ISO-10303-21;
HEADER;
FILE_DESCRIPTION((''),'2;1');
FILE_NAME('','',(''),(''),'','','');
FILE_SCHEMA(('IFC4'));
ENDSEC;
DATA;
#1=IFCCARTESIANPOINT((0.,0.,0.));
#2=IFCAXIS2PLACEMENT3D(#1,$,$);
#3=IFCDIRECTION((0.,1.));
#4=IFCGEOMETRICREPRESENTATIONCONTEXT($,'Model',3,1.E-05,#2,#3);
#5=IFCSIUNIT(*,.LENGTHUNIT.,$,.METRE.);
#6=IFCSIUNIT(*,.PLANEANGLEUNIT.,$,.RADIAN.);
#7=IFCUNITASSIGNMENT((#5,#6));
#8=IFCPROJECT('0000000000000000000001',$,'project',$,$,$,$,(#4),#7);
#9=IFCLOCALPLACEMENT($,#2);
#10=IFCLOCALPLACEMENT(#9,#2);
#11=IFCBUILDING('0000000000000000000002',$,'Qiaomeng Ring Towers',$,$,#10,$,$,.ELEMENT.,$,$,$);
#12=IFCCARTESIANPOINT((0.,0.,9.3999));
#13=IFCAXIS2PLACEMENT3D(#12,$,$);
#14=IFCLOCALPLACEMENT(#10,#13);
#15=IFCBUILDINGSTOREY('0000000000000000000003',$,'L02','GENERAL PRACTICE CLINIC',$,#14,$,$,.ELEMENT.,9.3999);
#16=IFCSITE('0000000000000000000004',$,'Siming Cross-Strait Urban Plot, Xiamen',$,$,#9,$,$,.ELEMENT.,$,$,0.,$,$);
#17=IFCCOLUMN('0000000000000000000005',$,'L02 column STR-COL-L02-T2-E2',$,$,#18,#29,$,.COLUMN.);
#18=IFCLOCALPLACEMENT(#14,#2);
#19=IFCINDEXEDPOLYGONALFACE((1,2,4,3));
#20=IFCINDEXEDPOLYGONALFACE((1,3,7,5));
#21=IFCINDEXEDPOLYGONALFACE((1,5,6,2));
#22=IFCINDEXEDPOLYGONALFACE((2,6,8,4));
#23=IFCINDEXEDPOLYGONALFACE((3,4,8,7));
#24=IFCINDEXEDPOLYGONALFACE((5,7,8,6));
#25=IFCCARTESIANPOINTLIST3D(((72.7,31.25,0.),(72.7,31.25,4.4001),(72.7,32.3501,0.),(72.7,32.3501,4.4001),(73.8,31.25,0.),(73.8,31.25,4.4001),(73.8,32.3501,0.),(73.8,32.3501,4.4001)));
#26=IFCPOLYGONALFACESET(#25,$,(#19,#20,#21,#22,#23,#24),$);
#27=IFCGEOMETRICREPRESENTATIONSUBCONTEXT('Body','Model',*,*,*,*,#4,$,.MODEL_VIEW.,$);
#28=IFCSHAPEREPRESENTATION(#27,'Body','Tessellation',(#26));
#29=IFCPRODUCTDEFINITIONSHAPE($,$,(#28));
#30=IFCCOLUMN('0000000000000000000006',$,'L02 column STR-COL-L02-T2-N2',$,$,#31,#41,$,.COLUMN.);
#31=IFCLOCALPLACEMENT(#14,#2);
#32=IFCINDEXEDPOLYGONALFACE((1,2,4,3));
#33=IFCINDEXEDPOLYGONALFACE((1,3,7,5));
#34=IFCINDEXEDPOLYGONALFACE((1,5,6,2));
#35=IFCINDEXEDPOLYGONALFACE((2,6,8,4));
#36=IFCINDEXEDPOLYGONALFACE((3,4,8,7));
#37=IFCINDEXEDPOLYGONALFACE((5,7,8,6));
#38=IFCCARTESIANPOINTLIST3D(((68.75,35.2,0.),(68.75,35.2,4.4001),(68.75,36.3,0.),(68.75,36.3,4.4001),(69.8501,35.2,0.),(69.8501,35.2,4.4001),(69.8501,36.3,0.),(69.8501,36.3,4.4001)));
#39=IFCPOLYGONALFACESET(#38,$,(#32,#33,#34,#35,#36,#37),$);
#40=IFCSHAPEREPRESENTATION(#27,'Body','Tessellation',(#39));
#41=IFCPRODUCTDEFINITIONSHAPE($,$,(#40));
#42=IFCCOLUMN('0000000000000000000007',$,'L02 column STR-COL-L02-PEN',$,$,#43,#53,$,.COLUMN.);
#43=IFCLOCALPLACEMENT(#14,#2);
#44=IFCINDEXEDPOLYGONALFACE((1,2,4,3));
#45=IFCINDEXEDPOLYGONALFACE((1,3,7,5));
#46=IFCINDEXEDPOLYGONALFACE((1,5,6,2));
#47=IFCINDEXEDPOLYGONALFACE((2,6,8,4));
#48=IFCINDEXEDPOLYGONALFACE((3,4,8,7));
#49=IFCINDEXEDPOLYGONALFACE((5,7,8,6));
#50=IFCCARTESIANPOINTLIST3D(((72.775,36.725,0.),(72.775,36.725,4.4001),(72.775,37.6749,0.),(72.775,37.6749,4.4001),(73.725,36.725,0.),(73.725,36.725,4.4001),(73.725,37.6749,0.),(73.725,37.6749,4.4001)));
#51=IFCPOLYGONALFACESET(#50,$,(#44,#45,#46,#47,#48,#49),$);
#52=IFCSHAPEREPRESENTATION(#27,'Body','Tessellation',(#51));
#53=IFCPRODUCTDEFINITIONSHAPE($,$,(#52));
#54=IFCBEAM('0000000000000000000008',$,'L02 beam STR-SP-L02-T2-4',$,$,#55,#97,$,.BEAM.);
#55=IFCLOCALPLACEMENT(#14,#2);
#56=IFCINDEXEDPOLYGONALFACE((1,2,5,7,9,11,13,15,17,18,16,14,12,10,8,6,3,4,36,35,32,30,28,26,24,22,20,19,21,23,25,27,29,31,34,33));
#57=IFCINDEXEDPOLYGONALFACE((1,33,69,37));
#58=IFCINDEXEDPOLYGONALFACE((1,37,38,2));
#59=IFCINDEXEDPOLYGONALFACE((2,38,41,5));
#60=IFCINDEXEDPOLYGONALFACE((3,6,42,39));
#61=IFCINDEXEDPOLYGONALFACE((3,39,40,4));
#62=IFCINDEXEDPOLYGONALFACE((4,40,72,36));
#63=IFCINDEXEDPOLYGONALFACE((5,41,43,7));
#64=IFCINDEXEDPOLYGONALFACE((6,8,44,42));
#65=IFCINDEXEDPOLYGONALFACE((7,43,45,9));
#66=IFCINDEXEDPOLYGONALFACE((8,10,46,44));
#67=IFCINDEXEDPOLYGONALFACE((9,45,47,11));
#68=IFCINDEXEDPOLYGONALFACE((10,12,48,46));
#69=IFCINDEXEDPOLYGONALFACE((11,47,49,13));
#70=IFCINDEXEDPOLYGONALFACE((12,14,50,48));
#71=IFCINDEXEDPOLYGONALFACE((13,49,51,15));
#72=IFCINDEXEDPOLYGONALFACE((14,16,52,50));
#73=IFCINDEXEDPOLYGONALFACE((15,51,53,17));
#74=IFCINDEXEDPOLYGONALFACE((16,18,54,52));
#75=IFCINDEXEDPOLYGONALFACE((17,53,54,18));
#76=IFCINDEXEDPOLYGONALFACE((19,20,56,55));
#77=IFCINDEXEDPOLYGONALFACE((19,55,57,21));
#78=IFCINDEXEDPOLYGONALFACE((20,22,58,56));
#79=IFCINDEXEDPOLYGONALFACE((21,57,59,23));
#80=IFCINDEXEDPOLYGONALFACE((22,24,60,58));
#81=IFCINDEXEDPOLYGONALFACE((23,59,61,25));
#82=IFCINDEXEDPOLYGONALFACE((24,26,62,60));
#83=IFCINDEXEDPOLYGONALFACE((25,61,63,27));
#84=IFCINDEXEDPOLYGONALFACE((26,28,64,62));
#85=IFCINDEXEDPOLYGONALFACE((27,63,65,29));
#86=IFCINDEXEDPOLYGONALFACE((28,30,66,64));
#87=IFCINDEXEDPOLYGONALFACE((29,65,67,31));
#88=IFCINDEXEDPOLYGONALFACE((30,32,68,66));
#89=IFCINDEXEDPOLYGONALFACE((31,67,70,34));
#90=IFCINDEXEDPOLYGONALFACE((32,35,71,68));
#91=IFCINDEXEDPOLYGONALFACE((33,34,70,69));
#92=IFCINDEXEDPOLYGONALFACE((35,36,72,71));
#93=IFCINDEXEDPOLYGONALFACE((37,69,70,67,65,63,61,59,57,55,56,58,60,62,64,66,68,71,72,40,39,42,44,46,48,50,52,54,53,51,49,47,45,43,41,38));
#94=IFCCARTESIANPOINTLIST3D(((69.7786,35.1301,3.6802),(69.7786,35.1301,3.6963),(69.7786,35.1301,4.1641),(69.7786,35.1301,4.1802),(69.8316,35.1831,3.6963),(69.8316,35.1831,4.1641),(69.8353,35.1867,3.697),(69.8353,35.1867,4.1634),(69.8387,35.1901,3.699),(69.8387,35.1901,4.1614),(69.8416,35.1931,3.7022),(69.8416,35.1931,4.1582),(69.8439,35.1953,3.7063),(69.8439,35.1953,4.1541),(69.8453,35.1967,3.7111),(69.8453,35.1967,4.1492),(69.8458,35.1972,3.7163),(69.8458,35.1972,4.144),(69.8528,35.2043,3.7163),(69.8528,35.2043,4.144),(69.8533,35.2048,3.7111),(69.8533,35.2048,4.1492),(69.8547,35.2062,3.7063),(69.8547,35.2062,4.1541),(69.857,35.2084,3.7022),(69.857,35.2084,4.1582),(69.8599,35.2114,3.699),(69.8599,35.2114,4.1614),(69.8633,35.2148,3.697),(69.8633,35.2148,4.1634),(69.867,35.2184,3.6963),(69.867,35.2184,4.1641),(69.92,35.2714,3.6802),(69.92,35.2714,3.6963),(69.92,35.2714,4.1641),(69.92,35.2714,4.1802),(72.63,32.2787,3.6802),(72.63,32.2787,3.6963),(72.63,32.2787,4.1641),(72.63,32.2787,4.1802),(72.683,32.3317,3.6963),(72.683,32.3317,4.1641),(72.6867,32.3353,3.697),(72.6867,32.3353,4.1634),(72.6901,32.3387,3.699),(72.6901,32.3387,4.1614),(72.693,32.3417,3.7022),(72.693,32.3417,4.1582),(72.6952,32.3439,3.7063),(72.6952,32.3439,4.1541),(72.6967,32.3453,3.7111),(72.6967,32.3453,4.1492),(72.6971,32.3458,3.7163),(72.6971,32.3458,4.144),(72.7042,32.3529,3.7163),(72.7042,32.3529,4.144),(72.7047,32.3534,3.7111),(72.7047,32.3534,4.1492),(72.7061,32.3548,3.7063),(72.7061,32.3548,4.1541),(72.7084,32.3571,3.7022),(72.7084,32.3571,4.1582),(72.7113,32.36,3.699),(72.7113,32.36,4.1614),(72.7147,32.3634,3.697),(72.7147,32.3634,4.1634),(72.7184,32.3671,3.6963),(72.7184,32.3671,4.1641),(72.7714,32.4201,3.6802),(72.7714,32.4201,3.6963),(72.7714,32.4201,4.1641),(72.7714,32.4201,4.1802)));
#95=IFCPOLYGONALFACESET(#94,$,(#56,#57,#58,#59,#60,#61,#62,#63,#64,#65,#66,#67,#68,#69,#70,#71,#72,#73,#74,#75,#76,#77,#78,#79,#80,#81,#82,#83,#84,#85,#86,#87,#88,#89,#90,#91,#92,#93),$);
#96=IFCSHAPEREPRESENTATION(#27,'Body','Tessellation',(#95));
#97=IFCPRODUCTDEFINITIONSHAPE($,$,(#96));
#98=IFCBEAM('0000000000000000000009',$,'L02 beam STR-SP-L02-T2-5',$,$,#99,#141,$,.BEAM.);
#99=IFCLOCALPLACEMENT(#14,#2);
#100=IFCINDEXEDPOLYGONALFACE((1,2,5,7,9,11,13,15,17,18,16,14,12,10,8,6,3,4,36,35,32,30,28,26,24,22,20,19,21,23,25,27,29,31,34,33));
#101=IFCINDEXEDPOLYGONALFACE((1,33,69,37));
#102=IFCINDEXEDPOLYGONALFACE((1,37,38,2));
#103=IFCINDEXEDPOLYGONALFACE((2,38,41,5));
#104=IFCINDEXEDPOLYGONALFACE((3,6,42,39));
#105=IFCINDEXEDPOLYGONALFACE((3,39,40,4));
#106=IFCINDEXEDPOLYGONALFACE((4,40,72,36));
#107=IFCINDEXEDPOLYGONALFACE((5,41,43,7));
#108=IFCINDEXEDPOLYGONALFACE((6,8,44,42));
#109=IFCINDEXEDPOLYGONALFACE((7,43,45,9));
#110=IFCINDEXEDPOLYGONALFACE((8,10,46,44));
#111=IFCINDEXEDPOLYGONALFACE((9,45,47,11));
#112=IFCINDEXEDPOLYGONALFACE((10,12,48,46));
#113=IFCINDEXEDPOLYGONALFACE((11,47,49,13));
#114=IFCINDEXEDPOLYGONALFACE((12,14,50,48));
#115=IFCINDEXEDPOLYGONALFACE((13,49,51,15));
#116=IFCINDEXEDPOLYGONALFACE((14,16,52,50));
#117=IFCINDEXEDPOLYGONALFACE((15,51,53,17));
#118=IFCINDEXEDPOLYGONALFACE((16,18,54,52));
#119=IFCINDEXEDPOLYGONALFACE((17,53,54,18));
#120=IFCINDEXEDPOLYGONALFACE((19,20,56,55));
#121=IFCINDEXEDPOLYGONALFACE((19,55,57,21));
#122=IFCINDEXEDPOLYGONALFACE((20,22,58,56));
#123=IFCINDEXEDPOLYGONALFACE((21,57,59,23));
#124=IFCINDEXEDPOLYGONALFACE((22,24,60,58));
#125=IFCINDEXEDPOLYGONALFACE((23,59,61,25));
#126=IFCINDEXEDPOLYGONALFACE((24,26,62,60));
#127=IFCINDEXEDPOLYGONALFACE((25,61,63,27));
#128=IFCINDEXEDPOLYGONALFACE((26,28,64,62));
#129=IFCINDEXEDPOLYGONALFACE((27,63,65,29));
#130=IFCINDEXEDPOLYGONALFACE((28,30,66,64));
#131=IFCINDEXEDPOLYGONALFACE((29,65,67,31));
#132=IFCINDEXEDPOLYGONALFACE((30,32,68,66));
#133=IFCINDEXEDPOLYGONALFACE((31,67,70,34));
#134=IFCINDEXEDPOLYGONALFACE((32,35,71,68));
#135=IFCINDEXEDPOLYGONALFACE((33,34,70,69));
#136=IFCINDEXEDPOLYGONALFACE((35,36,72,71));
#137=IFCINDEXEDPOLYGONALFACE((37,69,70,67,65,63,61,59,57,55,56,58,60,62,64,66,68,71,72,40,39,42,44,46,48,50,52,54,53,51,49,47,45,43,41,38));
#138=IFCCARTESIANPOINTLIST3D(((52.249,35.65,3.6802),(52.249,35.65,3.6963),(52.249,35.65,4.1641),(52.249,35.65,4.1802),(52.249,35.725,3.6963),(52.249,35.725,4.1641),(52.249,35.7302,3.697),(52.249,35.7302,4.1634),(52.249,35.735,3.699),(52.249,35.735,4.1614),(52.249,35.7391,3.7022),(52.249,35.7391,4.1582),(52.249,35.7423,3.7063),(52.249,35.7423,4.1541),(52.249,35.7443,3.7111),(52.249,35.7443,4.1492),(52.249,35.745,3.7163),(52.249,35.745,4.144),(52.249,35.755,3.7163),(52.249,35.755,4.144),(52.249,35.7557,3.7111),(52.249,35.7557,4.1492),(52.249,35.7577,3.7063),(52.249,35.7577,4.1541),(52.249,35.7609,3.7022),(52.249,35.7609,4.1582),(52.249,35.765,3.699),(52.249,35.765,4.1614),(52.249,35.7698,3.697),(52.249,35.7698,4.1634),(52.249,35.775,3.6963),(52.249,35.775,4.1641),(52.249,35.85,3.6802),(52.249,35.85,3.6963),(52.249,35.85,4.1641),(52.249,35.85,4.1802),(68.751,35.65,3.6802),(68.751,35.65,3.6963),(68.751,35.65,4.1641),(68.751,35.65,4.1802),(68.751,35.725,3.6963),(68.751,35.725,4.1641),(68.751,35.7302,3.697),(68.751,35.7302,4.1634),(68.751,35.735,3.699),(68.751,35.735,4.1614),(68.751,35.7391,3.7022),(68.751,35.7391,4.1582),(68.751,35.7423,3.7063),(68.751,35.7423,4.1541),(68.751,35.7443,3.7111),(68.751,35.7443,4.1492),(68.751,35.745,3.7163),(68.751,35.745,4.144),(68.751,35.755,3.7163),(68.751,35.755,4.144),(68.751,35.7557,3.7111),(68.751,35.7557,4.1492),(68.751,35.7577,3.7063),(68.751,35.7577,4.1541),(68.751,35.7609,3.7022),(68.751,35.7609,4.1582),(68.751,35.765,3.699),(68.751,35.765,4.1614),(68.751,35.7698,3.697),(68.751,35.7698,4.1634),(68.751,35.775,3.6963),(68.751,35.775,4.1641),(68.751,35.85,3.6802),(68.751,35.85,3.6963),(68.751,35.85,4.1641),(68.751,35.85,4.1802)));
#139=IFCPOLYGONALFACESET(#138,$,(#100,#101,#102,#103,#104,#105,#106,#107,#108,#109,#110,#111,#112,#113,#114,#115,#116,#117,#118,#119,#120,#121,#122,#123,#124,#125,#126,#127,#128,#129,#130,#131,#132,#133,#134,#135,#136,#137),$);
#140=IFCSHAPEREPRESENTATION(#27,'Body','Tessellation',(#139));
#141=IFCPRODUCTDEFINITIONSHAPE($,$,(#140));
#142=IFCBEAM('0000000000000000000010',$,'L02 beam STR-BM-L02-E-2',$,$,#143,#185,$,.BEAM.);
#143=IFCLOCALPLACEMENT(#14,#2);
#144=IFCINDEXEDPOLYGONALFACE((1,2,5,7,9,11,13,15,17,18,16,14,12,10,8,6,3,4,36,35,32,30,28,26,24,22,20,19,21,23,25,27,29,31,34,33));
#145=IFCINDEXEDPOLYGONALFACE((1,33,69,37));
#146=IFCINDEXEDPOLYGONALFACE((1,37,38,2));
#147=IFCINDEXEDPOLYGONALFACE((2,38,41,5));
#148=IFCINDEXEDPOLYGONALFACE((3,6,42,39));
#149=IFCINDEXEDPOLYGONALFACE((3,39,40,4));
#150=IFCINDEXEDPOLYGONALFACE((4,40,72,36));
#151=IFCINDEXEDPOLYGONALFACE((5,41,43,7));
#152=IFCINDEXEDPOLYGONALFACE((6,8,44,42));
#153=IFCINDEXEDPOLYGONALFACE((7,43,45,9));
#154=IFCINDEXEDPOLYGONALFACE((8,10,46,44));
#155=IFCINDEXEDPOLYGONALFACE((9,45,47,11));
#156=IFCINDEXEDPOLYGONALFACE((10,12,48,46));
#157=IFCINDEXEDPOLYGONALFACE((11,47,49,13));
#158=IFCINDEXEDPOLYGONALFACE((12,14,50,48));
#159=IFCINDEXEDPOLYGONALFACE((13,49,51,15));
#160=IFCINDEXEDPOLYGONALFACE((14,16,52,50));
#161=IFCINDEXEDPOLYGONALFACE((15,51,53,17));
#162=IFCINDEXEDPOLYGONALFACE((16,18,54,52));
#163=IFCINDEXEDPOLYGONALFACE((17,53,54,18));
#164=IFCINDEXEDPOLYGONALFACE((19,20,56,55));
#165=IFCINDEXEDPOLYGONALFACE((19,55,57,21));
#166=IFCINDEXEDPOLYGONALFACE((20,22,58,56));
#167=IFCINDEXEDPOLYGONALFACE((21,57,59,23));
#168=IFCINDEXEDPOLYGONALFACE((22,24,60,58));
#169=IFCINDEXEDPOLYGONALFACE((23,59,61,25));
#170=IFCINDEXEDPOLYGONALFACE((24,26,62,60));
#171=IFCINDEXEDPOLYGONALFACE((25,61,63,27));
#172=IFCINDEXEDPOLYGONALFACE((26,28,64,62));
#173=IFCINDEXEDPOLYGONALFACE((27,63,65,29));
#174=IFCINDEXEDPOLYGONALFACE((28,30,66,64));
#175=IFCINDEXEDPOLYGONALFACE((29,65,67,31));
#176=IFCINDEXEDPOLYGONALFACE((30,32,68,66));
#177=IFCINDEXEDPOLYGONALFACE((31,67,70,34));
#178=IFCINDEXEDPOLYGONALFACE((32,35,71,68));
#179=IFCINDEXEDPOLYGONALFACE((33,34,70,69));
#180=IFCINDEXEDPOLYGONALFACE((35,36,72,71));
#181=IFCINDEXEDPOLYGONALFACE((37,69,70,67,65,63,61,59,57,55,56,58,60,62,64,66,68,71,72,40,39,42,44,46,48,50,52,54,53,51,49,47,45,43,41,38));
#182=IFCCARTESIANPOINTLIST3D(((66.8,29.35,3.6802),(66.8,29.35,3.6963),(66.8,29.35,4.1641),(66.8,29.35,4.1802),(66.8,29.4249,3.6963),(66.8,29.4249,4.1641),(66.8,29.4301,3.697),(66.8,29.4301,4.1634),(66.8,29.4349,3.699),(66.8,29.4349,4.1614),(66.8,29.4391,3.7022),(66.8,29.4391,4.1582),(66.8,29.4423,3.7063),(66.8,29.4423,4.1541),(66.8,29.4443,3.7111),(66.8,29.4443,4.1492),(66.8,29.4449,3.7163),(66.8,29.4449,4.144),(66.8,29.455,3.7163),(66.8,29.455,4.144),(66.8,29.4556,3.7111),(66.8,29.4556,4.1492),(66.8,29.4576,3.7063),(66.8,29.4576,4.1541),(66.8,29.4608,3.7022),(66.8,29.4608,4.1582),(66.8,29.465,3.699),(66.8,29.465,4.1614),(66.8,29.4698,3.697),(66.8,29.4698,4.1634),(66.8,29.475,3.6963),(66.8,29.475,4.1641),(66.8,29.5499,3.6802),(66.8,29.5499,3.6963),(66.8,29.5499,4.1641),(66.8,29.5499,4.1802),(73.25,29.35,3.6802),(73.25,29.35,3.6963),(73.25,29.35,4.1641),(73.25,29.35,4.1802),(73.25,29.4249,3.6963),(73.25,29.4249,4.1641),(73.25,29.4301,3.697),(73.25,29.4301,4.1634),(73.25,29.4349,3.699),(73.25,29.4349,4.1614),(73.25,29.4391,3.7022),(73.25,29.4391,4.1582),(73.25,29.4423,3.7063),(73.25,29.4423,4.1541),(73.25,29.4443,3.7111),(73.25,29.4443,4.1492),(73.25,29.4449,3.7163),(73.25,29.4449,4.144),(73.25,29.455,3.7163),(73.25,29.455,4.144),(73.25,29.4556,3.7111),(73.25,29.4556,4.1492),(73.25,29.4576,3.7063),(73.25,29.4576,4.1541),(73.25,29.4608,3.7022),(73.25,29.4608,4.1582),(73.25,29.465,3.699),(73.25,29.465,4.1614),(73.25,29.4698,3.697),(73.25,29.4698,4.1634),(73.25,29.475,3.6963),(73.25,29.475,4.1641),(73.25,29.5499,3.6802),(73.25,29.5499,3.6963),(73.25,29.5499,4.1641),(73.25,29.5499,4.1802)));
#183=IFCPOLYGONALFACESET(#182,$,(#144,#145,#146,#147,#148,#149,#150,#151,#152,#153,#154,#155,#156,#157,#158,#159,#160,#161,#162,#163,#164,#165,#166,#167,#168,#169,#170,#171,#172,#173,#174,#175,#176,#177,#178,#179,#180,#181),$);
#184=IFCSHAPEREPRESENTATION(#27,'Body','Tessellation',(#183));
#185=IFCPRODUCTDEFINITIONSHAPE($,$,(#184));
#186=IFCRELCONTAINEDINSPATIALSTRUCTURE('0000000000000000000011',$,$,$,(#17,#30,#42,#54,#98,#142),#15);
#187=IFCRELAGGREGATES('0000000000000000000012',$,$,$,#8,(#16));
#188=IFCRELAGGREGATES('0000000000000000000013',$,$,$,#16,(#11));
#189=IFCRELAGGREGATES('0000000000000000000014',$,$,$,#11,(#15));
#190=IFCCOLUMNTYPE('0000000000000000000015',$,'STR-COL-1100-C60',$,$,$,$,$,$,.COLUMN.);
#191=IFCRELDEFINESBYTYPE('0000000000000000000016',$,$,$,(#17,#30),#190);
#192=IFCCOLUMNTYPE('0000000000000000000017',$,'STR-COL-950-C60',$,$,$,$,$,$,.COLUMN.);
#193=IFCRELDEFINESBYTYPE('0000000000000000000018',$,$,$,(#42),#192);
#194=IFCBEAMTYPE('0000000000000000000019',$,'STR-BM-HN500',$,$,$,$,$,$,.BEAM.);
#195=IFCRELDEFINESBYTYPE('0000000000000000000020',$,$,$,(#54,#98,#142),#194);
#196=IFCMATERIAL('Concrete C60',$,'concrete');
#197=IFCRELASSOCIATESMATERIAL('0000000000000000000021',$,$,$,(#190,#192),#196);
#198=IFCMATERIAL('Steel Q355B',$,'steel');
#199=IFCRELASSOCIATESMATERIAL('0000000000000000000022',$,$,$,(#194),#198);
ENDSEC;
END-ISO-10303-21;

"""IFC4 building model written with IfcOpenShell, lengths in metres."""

from ifc_helpers import new_model, si_unit, direction, frame, origin, origin_2d, place, context, subcontext, project, spatial, rectangle, i_section, extrude, source, transform, mapped, material, material_profile, profile_set, type_object, element, save


model = new_model("IFC4")

# Units and contexts
model_context = context("Model", 3, precision=1e-05, world=origin(), true_north=direction((0.0, 1.0)))
body_context = subcontext(model_context, "Body", "Model", "MODEL_VIEW")
ifc_project = project(units=[si_unit("LENGTHUNIT", "METRE"), si_unit("PLANEANGLEUNIT", "RADIAN")], contexts=[model_context])

# Site, building, storey
site_placement = place(None, origin())
site = spatial("IfcSite", under=ifc_project, at=site_placement, Name="Siming Cross-Strait Urban Plot, Xiamen", CompositionType="ELEMENT", RefElevation=0.0)
building_placement = place(site_placement, origin())
building = spatial("IfcBuilding", under=site, at=building_placement, Name="Qiaomeng Ring Towers", CompositionType="ELEMENT")
storey_placement = place(building_placement, frame((0.0, 0.0, 9.3999)))
storey = spatial("IfcBuildingStorey", under=building, at=storey_placement, Name="L02", Description="GENERAL PRACTICE CLINIC", CompositionType="ELEMENT", Elevation=9.3999)

# Columns
ifc_material_1 = material(Name="Concrete C60", Category="concrete")
ifc_material_profile_1 = material_profile(ifc_material_1, rectangle(XDim=1.1001, YDim=1.1001, at=origin_2d()), Name="RC COL 1100x1100")
ifc_profile_set_1 = profile_set([ifc_material_profile_1], Name="Concrete C60")
column_type_1 = type_object("IfcColumnType", Name="STR-COL-1100-C60", PredefinedType="COLUMN", material=ifc_profile_set_1)
shared_shape_1 = source(origin(), body_context, "Body", "SweptSolid", [
    extrude(rectangle(XDim=1.1001, YDim=1.1001, at=origin_2d()), origin(), (0.0, 0.0, 1.0), 4.4001),
])
for number, where, z_axis, x_axis, name in (
    (1, (73.25, 31.8, 0.0), (0.0, 0.0, 1.0), (1.0, 0.0, 0.0), "L02 column STR-COL-L02-T2-E2"),
    (2, (69.3, 35.75, 0.0), (0.0, 0.0, 1.0), (1.0, 0.0, 0.0), "L02 column STR-COL-L02-T2-N2"),
):
    element("IfcColumn", number, at=place(storey_placement, frame(where, z_axis=z_axis, x_axis=x_axis)), inside=storey, type_object=column_type_1, Name=name, PredefinedType="COLUMN", context=body_context, shape_type="MappedRepresentation", body=[
        mapped(shared_shape_1, transform((0.0, 0.0, 0.0), x_axis=(1.0, 0.0, 0.0), y_axis=(0.0, 1.0, 0.0), z_axis=(0.0, 0.0, 1.0), scale=1.0)),
    ])
ifc_material_profile_2 = material_profile(ifc_material_1, rectangle(XDim=0.95, YDim=0.95, at=origin_2d()), Name="RC COL 950x950")
ifc_profile_set_2 = profile_set([ifc_material_profile_2], Name="Concrete C60")
column_type_2 = type_object("IfcColumnType", Name="STR-COL-950-C60", PredefinedType="COLUMN", material=ifc_profile_set_2)
shared_shape_2 = source(origin(), body_context, "Body", "SweptSolid", [
    extrude(rectangle(XDim=0.95, YDim=0.95, at=origin_2d()), origin(), (0.0, 0.0, 1.0), 4.4001),
])
column_placement = place(storey_placement, frame((73.25, 37.2, 0.0), z_axis=(0.0, 0.0, 1.0), x_axis=(1.0, 0.0, 0.0)))
element("IfcColumn", 3, at=column_placement, inside=storey, type_object=column_type_2, Name="L02 column STR-COL-L02-PEN", PredefinedType="COLUMN", context=body_context, shape_type="MappedRepresentation", body=[
    mapped(shared_shape_2, transform((0.0, 0.0, 0.0), x_axis=(1.0, 0.0, 0.0), y_axis=(0.0, 1.0, 0.0), z_axis=(0.0, 0.0, 1.0), scale=1.0)),
])

# Beams
ifc_material_2 = material(Name="Steel Q355B", Category="steel")
ifc_material_profile_3 = material_profile(ifc_material_2, i_section(OverallWidth=0.2, OverallDepth=0.5, WebThickness=0.01, FlangeThickness=0.0161, FilletRadius=0.02, at=origin_2d()), Name="HN 500x200x10x16")
ifc_profile_set_3 = profile_set([ifc_material_profile_3], Name="Steel Q355B")
beam_type = type_object("IfcBeamType", Name="STR-BM-HN500", PredefinedType="BEAM", material=ifc_profile_set_3)
shared_shape_3 = source(origin(), body_context, "Body", "SweptSolid", [
    extrude(i_section(OverallWidth=0.2, OverallDepth=0.5, WebThickness=0.01, FlangeThickness=0.0161, FilletRadius=0.02, at=origin_2d()), origin(), (0.0, 0.0, 1.0), 4.0325),
])
beam_1_placement = place(storey_placement, frame((72.7007, 32.3494, 3.9302), z_axis=(-0.707107, 0.707107, 0.0), x_axis=(-0.707107, -0.707107, 0.0)))
element("IfcBeam", 4, at=beam_1_placement, inside=storey, type_object=beam_type, Name="L02 beam STR-SP-L02-T2-4", PredefinedType="BEAM", context=body_context, shape_type="MappedRepresentation", body=[
    mapped(shared_shape_3, transform((0.0, 0.0, 0.0), x_axis=(1.0, 0.0, 0.0), y_axis=(0.0, 1.0, 0.0), z_axis=(0.0, 0.0, 1.0), scale=1.0)),
])
shared_shape_4 = source(origin(), body_context, "Body", "SweptSolid", [
    extrude(i_section(OverallWidth=0.2, OverallDepth=0.5, WebThickness=0.01, FlangeThickness=0.0161, FilletRadius=0.02, at=origin_2d()), origin(), (0.0, 0.0, 1.0), 16.502),
])
beam_2_placement = place(storey_placement, frame((68.751, 35.75, 3.9302), z_axis=(-1.0, 0.0, 0.0), x_axis=(0.0, -1.0, 0.0)))
element("IfcBeam", 5, at=beam_2_placement, inside=storey, type_object=beam_type, Name="L02 beam STR-SP-L02-T2-5", PredefinedType="BEAM", context=body_context, shape_type="MappedRepresentation", body=[
    mapped(shared_shape_4, transform((0.0, 0.0, 0.0), x_axis=(1.0, 0.0, 0.0), y_axis=(0.0, 1.0, 0.0), z_axis=(0.0, 0.0, 1.0), scale=1.0)),
])
shared_shape_5 = source(origin(), body_context, "Body", "SweptSolid", [
    extrude(i_section(OverallWidth=0.2, OverallDepth=0.5, WebThickness=0.01, FlangeThickness=0.0161, FilletRadius=0.02, at=origin_2d()), origin(), (0.0, 0.0, 1.0), 6.45),
])
for number, where, z_axis, x_axis, name in (
    (6, (66.8, 29.45, 3.9302), (1.0, 0.0, 0.0), (0.0, 1.0, 0.0), "L02 beam STR-BM-L02-E-2"),
):
    element("IfcBeam", number, at=place(storey_placement, frame(where, z_axis=z_axis, x_axis=x_axis)), inside=storey, type_object=beam_type, Name=name, PredefinedType="BEAM", context=body_context, shape_type="MappedRepresentation", body=[
        mapped(shared_shape_5, transform((0.0, 0.0, 0.0), x_axis=(1.0, 0.0, 0.0), y_axis=(0.0, 1.0, 0.0), z_axis=(0.0, 0.0, 1.0), scale=1.0)),
    ])

save(model, "model.ifc")
